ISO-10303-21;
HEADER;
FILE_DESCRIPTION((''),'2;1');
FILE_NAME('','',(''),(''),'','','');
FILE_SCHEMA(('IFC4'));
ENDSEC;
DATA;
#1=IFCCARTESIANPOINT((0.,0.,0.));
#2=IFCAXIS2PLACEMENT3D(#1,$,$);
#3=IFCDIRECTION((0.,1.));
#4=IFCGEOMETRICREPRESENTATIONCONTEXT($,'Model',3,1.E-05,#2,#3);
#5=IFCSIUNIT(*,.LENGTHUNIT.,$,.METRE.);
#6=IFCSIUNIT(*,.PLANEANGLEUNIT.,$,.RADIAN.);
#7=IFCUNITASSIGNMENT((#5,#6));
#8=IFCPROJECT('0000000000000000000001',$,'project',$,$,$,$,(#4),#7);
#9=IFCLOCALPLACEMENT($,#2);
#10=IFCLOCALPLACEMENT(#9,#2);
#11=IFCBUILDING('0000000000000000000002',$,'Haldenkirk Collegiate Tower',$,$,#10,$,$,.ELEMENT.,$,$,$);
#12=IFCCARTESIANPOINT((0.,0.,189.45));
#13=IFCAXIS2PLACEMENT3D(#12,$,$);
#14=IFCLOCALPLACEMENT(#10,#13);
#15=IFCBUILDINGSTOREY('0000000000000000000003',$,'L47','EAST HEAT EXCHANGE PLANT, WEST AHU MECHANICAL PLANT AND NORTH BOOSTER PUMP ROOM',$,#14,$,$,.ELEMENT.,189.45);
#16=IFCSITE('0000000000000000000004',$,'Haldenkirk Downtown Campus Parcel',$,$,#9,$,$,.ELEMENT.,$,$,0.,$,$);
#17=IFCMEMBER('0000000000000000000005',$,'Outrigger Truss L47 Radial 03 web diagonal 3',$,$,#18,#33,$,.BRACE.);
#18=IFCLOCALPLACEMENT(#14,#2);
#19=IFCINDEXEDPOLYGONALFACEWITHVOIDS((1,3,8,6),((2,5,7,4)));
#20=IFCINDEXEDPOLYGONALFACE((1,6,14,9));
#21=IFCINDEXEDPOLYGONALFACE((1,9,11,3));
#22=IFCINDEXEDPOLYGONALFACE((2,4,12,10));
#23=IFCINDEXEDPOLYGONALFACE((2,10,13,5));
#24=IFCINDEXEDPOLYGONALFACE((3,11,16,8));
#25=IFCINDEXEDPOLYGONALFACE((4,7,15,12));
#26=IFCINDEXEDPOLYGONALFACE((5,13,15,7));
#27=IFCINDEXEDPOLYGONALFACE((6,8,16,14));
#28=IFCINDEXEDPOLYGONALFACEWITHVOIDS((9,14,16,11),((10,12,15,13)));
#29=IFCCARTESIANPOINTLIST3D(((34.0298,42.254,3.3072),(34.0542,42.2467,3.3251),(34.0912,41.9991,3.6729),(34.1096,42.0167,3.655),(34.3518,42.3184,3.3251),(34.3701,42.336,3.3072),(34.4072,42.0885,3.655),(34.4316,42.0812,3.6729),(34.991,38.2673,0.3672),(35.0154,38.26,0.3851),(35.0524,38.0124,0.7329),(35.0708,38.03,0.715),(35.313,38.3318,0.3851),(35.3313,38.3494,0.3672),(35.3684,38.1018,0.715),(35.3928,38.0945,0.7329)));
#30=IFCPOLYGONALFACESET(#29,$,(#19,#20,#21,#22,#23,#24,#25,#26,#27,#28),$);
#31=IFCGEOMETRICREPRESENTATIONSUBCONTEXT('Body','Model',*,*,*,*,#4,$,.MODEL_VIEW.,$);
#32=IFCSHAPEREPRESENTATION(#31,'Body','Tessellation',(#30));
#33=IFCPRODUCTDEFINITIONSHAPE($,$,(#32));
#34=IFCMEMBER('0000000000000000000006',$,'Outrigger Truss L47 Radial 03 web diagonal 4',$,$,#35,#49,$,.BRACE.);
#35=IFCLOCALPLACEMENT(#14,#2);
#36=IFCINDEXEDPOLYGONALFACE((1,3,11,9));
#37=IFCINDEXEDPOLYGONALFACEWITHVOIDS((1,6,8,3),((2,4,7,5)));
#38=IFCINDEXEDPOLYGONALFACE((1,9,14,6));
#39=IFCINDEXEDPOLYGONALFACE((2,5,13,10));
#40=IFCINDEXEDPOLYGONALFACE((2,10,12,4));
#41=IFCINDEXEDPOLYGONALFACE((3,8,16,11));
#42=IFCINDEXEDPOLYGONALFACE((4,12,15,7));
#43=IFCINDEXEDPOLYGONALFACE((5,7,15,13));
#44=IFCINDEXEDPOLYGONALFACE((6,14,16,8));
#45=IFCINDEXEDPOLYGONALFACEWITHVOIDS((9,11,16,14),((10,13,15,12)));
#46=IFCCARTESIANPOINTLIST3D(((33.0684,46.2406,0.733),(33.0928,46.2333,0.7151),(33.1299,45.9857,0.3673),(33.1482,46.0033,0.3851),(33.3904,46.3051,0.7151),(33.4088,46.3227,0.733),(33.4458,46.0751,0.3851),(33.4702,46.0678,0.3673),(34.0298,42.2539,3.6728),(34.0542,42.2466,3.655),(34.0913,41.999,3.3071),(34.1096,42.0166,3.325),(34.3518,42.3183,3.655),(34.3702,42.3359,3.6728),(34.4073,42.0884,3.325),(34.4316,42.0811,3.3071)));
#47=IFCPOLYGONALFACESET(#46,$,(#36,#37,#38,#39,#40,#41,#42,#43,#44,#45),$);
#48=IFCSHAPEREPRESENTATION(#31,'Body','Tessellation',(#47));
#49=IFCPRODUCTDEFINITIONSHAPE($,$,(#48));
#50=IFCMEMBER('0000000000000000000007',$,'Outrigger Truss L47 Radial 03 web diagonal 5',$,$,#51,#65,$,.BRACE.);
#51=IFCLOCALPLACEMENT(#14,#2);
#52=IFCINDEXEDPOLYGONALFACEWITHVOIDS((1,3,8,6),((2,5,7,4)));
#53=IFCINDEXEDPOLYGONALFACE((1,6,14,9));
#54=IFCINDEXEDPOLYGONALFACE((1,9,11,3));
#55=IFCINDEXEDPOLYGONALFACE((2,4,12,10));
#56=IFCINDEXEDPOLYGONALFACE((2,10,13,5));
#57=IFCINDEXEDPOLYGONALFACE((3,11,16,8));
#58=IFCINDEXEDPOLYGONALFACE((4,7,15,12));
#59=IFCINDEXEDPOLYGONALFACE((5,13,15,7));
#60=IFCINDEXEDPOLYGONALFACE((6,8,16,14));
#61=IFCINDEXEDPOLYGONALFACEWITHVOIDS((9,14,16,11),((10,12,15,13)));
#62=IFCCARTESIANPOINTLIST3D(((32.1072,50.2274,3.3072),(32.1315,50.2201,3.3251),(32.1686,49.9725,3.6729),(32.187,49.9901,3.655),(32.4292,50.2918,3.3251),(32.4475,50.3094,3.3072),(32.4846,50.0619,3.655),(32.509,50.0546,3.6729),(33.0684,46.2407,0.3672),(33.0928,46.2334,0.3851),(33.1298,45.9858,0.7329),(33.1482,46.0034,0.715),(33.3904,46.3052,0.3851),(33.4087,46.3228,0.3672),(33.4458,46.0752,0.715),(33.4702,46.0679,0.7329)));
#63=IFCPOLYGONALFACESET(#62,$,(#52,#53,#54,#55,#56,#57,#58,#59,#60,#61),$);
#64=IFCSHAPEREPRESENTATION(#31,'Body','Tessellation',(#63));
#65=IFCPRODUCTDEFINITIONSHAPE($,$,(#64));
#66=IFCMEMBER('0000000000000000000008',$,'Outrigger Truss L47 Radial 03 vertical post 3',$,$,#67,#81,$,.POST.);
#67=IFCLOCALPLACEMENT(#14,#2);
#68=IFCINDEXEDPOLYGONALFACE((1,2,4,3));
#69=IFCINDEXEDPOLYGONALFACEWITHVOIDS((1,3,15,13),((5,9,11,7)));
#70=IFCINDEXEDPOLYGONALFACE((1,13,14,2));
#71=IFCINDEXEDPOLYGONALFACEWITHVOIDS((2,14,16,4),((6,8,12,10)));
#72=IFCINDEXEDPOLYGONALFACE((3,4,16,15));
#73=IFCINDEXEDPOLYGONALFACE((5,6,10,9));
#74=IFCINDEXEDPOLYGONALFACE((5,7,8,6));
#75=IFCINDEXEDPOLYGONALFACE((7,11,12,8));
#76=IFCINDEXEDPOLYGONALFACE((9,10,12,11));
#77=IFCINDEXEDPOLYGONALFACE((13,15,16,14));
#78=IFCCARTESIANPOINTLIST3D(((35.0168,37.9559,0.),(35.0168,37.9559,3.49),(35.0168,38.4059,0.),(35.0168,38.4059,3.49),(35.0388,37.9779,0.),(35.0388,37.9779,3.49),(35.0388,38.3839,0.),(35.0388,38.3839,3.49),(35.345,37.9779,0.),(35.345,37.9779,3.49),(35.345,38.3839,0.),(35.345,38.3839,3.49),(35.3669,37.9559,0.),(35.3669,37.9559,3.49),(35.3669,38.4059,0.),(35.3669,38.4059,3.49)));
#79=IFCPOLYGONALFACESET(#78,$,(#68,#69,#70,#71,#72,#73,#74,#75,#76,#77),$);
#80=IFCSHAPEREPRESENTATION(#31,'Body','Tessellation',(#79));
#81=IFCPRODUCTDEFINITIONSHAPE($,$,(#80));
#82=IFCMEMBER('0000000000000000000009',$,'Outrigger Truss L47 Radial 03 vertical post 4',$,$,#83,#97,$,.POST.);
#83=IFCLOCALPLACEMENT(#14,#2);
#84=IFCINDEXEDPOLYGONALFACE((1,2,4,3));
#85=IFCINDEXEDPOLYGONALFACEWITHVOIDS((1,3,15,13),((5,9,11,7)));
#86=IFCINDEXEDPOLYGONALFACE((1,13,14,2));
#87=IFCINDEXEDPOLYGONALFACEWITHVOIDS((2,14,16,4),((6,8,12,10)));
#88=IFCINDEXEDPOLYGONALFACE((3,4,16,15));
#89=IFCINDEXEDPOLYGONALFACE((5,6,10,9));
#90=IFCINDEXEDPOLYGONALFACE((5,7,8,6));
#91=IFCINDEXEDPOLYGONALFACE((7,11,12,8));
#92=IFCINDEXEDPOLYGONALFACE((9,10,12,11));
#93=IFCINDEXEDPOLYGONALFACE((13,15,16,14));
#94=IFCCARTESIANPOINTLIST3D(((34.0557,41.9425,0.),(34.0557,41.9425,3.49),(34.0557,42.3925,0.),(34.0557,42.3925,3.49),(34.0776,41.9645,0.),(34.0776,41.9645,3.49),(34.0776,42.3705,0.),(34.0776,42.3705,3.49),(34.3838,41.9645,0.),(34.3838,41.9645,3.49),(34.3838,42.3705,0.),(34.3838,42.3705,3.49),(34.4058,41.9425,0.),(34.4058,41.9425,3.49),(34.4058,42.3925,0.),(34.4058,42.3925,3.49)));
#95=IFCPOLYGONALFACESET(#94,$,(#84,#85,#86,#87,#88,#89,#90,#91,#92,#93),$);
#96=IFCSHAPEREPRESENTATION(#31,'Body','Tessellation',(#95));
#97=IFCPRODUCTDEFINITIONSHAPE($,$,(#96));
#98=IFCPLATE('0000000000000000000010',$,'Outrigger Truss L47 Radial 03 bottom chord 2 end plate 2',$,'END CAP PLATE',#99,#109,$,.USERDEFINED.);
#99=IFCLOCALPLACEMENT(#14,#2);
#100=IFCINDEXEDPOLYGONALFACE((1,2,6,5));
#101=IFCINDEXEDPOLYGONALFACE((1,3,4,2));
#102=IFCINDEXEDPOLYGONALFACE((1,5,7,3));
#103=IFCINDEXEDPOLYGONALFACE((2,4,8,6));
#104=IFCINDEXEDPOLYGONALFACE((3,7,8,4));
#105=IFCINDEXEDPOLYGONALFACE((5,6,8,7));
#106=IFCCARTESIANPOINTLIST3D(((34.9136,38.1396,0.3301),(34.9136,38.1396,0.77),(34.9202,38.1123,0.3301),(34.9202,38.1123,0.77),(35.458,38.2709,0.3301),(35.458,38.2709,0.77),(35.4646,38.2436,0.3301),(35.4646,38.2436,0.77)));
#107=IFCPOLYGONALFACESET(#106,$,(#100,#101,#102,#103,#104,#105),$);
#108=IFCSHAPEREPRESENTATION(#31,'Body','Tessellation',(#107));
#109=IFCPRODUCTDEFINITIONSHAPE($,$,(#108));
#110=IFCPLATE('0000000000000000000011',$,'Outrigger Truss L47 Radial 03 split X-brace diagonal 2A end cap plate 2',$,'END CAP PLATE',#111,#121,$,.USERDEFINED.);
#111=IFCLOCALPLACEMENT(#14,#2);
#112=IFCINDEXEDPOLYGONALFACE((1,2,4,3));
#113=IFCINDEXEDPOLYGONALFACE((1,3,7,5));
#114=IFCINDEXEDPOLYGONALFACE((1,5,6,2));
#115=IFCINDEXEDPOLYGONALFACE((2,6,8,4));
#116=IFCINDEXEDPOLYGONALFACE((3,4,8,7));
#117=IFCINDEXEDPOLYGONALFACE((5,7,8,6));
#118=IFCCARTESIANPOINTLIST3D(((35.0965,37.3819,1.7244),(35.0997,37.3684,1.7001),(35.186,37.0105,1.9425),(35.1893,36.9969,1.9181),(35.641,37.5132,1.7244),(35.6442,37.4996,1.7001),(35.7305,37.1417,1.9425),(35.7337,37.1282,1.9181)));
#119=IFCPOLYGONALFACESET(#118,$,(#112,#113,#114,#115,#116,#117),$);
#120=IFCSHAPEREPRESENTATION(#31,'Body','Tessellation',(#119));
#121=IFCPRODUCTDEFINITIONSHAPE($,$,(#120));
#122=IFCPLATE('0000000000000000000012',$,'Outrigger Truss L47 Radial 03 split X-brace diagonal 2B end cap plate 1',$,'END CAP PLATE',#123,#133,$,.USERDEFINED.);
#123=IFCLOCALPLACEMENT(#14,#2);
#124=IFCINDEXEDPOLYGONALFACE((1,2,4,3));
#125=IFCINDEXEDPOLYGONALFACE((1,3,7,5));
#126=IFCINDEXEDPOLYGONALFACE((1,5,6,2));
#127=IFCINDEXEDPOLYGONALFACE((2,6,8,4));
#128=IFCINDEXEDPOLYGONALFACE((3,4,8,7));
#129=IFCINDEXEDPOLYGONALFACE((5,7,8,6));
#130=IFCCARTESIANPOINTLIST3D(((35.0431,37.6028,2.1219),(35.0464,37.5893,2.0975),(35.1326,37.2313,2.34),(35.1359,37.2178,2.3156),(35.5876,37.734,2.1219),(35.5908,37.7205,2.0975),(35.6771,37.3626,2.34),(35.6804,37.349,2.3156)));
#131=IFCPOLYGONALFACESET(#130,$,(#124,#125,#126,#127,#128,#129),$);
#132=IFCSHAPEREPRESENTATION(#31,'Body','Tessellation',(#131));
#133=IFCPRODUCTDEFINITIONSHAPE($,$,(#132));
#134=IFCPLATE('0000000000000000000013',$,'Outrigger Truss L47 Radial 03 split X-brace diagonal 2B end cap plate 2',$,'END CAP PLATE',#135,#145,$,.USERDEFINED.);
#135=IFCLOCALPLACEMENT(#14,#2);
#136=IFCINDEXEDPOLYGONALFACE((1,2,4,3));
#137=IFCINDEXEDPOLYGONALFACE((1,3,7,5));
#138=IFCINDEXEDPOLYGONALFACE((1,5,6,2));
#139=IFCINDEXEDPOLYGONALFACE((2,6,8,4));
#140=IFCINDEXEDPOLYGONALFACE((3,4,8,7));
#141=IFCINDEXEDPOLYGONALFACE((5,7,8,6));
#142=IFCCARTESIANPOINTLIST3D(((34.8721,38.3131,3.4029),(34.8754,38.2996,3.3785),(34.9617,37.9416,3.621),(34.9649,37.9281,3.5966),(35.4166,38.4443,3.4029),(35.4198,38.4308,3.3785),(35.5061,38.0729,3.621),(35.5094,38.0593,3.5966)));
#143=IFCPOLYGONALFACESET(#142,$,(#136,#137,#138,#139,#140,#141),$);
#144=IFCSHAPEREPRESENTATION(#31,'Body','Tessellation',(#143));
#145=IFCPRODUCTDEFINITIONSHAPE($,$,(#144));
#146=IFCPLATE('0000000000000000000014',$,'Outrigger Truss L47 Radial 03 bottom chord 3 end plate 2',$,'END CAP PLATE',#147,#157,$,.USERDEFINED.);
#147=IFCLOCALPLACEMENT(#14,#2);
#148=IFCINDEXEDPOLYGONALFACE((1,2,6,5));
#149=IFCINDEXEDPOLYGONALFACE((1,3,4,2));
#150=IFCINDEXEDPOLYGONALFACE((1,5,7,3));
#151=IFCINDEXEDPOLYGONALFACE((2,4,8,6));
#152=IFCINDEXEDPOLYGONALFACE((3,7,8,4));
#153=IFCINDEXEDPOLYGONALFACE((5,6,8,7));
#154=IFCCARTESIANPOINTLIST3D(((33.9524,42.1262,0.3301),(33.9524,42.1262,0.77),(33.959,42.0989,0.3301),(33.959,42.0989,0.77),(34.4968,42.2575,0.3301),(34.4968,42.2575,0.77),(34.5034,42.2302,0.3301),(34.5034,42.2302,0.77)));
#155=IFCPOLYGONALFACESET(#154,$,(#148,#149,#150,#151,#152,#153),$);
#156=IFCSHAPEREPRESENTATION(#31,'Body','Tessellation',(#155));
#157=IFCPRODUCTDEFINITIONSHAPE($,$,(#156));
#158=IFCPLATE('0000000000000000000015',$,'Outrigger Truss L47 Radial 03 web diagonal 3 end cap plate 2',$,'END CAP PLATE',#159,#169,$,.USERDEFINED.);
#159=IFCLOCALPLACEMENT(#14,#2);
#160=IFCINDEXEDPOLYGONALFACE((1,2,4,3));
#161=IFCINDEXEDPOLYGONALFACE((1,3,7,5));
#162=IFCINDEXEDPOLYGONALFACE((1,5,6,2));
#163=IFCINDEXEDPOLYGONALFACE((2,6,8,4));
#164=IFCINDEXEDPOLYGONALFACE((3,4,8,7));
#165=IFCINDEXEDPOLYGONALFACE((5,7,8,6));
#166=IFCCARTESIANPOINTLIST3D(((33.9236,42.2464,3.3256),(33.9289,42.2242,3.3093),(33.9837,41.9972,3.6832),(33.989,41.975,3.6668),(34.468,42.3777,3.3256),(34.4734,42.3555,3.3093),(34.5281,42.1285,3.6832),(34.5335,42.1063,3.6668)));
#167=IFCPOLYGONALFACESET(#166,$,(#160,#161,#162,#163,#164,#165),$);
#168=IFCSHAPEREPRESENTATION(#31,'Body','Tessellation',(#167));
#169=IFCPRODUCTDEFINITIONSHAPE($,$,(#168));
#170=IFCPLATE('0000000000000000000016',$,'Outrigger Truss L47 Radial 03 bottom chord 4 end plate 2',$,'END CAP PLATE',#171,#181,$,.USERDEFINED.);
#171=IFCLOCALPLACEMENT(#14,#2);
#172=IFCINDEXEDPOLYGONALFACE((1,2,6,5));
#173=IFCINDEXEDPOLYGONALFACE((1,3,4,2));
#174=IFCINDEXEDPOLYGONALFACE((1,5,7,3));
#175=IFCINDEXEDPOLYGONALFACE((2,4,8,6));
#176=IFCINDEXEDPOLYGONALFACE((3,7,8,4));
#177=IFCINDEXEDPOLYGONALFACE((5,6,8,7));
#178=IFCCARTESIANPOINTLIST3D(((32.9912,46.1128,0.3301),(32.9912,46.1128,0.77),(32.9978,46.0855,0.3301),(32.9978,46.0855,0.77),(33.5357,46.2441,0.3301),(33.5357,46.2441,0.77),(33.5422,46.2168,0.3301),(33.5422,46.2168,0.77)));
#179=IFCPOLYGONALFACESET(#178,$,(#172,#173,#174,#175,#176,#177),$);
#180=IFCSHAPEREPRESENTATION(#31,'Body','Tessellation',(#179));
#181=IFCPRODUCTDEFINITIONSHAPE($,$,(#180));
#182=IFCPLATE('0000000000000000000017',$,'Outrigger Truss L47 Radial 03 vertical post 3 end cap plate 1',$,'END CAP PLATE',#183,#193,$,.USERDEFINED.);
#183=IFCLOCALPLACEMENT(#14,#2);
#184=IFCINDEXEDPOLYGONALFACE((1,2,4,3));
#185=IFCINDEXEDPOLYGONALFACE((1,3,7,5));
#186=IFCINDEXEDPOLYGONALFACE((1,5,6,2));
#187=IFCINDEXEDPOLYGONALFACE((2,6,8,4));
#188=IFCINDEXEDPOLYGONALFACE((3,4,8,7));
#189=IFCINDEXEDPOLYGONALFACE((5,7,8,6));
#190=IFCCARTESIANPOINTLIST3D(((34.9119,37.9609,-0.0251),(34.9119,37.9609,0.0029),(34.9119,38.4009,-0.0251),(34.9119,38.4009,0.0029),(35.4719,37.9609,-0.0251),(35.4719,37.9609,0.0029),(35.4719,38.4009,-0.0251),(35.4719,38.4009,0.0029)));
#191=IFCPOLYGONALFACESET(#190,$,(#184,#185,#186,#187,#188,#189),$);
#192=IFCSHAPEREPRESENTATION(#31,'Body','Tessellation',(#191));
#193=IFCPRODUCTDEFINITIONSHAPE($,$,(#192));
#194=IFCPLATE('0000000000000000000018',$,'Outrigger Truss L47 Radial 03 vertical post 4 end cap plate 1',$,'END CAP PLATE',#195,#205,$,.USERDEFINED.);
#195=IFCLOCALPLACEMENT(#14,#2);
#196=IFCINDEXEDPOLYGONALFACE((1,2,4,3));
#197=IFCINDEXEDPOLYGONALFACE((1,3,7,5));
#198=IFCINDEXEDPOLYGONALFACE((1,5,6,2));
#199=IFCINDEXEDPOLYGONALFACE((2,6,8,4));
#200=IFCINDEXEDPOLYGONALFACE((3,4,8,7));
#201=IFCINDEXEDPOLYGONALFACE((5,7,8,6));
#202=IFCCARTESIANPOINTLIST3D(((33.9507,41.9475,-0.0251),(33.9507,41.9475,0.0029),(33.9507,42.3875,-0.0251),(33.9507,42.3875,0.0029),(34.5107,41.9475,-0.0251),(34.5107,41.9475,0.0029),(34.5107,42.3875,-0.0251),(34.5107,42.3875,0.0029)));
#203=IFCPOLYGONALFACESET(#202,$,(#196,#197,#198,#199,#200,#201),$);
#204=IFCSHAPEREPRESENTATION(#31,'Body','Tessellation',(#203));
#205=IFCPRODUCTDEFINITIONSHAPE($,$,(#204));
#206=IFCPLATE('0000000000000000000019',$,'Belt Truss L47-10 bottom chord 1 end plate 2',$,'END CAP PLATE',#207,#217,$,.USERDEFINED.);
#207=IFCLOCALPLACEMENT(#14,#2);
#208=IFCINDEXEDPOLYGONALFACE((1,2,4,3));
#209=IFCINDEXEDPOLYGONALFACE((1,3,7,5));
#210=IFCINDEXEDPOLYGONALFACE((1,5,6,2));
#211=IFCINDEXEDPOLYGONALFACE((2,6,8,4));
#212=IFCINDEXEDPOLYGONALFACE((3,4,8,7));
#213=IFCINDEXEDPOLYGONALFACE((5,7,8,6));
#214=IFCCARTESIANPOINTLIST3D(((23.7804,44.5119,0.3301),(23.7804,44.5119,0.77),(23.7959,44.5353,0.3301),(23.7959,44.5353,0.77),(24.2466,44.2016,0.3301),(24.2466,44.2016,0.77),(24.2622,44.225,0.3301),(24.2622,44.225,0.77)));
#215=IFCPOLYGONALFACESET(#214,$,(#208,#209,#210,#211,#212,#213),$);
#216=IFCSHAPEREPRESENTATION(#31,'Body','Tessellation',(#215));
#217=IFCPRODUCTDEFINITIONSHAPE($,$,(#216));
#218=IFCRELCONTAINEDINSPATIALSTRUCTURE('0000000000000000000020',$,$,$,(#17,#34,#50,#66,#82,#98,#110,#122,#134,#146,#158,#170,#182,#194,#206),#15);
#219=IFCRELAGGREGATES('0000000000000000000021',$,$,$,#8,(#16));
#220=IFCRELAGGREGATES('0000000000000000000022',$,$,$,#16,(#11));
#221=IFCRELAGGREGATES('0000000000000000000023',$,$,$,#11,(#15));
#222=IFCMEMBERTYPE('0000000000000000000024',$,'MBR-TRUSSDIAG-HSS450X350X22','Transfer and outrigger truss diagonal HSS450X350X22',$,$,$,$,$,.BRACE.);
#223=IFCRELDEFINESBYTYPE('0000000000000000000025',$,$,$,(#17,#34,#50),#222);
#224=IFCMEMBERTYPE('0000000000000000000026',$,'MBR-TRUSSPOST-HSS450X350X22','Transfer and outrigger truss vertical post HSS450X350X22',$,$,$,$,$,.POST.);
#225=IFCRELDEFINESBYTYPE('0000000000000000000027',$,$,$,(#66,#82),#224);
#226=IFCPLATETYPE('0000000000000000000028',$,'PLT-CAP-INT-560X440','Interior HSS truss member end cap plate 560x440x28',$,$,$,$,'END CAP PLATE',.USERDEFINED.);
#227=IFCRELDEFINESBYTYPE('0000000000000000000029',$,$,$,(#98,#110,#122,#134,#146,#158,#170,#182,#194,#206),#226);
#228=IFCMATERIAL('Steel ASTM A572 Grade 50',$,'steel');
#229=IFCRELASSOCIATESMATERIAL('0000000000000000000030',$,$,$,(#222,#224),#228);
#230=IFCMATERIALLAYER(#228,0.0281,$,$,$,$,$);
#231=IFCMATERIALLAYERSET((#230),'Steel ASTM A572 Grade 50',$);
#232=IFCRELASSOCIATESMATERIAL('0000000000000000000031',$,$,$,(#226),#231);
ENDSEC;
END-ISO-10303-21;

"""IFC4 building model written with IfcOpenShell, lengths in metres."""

from ifc_helpers import new_model, si_unit, direction, frame, origin, origin_2d, place, context, subcontext, project, spatial, rectangle, hollow_rectangle, extrude, source, transform, mapped, material, layer, layer_set, material_profile, profile_set, type_object, element, save


model = new_model("IFC4")

# Units and contexts
model_context = context("Model", 3, precision=1e-05, world=origin(), true_north=direction((0.0, 1.0)))
body_context = subcontext(model_context, "Body", "Model", "MODEL_VIEW")
ifc_project = project(units=[si_unit("LENGTHUNIT", "METRE"), si_unit("PLANEANGLEUNIT", "RADIAN")], contexts=[model_context])

# Site, building, storey
site_placement = place(None, origin())
site = spatial("IfcSite", under=ifc_project, at=site_placement, Name="Haldenkirk Downtown Campus Parcel", CompositionType="ELEMENT", RefElevation=0.0)
building_placement = place(site_placement, origin())
building = spatial("IfcBuilding", under=site, at=building_placement, Name="Haldenkirk Collegiate Tower", CompositionType="ELEMENT")
storey_placement = place(building_placement, frame((0.0, 0.0, 189.45)))
storey = spatial("IfcBuildingStorey", under=building, at=storey_placement, Name="L47", Description="EAST HEAT EXCHANGE PLANT, WEST AHU MECHANICAL PLANT AND NORTH BOOSTER PUMP ROOM", CompositionType="ELEMENT", Elevation=189.45)

# Members
ifc_material_1 = material(Name="Steel ASTM A572 Grade 50", Category="steel")
ifc_material_profile_1 = material_profile(ifc_material_1, hollow_rectangle(XDim=0.3501, YDim=0.45, WallThickness=0.022, at=origin_2d()), Name="HSS450X350X22")
ifc_profile_set_1 = profile_set([ifc_material_profile_1], Name="Steel ASTM A572 Grade 50")
member_type_1 = type_object("IfcMemberType", Name="MBR-TRUSSDIAG-HSS450X350X22", Description="Transfer and outrigger truss diagonal HSS450X350X22", PredefinedType="BRACE", material=ifc_profile_set_1)
for number, where, z_axis, x_axis, name in (
    (1, (35.1919, 38.1809, 0.55), (-0.190492, 0.790081, 0.582654), (-0.972143, -0.234388, 0.0), "Outrigger Truss L47 Radial 03 web diagonal 3"),
    (2, (34.2307, 42.1675, 3.49), (-0.190532, 0.790092, -0.582626), (-0.972133, -0.234431, 0.0), "Outrigger Truss L47 Radial 03 web diagonal 4"),
    (3, (33.2693, 46.1543, 0.55), (-0.190492, 0.790081, 0.582654), (-0.972143, -0.234388, 0.0), "Outrigger Truss L47 Radial 03 web diagonal 5"),
):
    element("IfcMember", number, at=place(storey_placement, frame(where, z_axis=z_axis, x_axis=x_axis)), inside=storey, type_object=member_type_1, Name=name, PredefinedType="BRACE", context=body_context, shape_type="SweptSolid", body=[
        extrude(hollow_rectangle(XDim=0.3501, YDim=0.45, WallThickness=0.022, at=origin_2d()), origin(), (0.0, 0.0, 1.0), 5.0459),
    ])
ifc_material_profile_2 = material_profile(ifc_material_1, hollow_rectangle(XDim=0.3501, YDim=0.45, WallThickness=0.022, at=origin_2d()), Name="HSS450X350X22")
ifc_profile_set_2 = profile_set([ifc_material_profile_2], Name="Steel ASTM A572 Grade 50")
member_type_2 = type_object("IfcMemberType", Name="MBR-TRUSSPOST-HSS450X350X22", Description="Transfer and outrigger truss vertical post HSS450X350X22", PredefinedType="POST", material=ifc_profile_set_2)
for number, where, z_axis, x_axis, name in (
    (4, (35.1919, 38.1809, 0.0), (0.0, 0.0, 1.0), (1.0, 0.0, 0.0), "Outrigger Truss L47 Radial 03 vertical post 3"),
    (5, (34.2307, 42.1675, 0.0), (0.0, 0.0, 1.0), (1.0, 0.0, 0.0), "Outrigger Truss L47 Radial 03 vertical post 4"),
):
    element("IfcMember", number, at=place(storey_placement, frame(where, z_axis=z_axis, x_axis=x_axis)), inside=storey, type_object=member_type_2, Name=name, PredefinedType="POST", context=body_context, shape_type="SweptSolid", body=[
        extrude(hollow_rectangle(XDim=0.3501, YDim=0.45, WallThickness=0.022, at=origin_2d()), origin(), (0.0, 0.0, 1.0), 3.49),
    ])

# Plates
ifc_layer_1 = layer(ifc_material_1, 0.0281)
ifc_layer_set_1 = layer_set([ifc_layer_1], Name="Steel ASTM A572 Grade 50")
plate_type_1 = type_object("IfcPlateType", Name="PLT-CAP-INT-560X440", Description="Interior HSS truss member end cap plate 560x440x28", ElementType="END CAP PLATE", PredefinedType="USERDEFINED", material=ifc_layer_set_1)
shared_shape_1 = source(origin(), body_context, "Body", "SweptSolid", [
    extrude(rectangle(XDim=0.5601, YDim=0.4399, at=origin_2d()), origin(), (0.0, 0.0, 1.0), 0.0281),
])
for number, where, z_axis, x_axis, name in (
    (6, (35.1924, 38.178, 0.55), (-0.234397, 0.972141, 0.0), (-0.972141, -0.234397, 0.0), "Outrigger Truss L47 Radial 03 bottom chord 2 end plate 2"),
    (7, (35.4167, 37.2483, 1.8091), (-0.116139, 0.481836, 0.868531), (-0.972159, -0.234324, 0.0), "Outrigger Truss L47 Radial 03 split X-brace diagonal 2A end cap plate 2"),
    (8, (35.3601, 37.4827, 2.231), (0.116139, -0.481836, -0.868531), (0.972159, 0.234324, 0.0), "Outrigger Truss L47 Radial 03 split X-brace diagonal 2B end cap plate 1"),
    (9, (35.1924, 38.1794, 3.4875), (-0.116139, 0.481836, 0.868531), (-0.972159, -0.234324, 0.0), "Outrigger Truss L47 Radial 03 split X-brace diagonal 2B end cap plate 2"),
    (10, (34.2312, 42.1646, 0.55), (-0.234397, 0.972141, 0.0), (-0.972141, -0.234397, 0.0), "Outrigger Truss L47 Radial 03 bottom chord 3 end plate 2"),
    (11, (34.2312, 42.1653, 3.488), (-0.190513, 0.790074, 0.582656), (-0.972137, -0.234414, 0.0), "Outrigger Truss L47 Radial 03 web diagonal 3 end cap plate 2"),
    (12, (33.27, 46.1511, 0.55), (-0.234397, 0.972141, 0.0), (-0.972141, -0.234397, 0.0), "Outrigger Truss L47 Radial 03 bottom chord 4 end plate 2"),
    (13, (35.1919, 38.1809, 0.0029), (0.0, 0.0, -1.0), (1.0, 0.0, 0.0), "Outrigger Truss L47 Radial 03 vertical post 3 end cap plate 1"),
    (14, (34.2307, 42.1675, 0.0029), (0.0, 0.0, -1.0), (1.0, 0.0, 0.0), "Outrigger Truss L47 Radial 03 vertical post 4 end cap plate 1"),
    (15, (24.0291, 44.3801, 0.55), (-0.554119, -0.832437, 0.0), (0.832437, -0.554119, 0.0), "Belt Truss L47-10 bottom chord 1 end plate 2"),
):
    element("IfcPlate", number, at=place(storey_placement, frame(where, z_axis=z_axis, x_axis=x_axis)), inside=storey, type_object=plate_type_1, Name=name, ObjectType="END CAP PLATE", PredefinedType="USERDEFINED", context=body_context, shape_type="MappedRepresentation", body=[
        mapped(shared_shape_1, transform((0.0, 0.0, 0.0), x_axis=(1.0, 0.0, 0.0), y_axis=(0.0, 1.0, 0.0), z_axis=(0.0, 0.0, 1.0), scale=1.0)),
    ])

save(model, "model.ifc")
